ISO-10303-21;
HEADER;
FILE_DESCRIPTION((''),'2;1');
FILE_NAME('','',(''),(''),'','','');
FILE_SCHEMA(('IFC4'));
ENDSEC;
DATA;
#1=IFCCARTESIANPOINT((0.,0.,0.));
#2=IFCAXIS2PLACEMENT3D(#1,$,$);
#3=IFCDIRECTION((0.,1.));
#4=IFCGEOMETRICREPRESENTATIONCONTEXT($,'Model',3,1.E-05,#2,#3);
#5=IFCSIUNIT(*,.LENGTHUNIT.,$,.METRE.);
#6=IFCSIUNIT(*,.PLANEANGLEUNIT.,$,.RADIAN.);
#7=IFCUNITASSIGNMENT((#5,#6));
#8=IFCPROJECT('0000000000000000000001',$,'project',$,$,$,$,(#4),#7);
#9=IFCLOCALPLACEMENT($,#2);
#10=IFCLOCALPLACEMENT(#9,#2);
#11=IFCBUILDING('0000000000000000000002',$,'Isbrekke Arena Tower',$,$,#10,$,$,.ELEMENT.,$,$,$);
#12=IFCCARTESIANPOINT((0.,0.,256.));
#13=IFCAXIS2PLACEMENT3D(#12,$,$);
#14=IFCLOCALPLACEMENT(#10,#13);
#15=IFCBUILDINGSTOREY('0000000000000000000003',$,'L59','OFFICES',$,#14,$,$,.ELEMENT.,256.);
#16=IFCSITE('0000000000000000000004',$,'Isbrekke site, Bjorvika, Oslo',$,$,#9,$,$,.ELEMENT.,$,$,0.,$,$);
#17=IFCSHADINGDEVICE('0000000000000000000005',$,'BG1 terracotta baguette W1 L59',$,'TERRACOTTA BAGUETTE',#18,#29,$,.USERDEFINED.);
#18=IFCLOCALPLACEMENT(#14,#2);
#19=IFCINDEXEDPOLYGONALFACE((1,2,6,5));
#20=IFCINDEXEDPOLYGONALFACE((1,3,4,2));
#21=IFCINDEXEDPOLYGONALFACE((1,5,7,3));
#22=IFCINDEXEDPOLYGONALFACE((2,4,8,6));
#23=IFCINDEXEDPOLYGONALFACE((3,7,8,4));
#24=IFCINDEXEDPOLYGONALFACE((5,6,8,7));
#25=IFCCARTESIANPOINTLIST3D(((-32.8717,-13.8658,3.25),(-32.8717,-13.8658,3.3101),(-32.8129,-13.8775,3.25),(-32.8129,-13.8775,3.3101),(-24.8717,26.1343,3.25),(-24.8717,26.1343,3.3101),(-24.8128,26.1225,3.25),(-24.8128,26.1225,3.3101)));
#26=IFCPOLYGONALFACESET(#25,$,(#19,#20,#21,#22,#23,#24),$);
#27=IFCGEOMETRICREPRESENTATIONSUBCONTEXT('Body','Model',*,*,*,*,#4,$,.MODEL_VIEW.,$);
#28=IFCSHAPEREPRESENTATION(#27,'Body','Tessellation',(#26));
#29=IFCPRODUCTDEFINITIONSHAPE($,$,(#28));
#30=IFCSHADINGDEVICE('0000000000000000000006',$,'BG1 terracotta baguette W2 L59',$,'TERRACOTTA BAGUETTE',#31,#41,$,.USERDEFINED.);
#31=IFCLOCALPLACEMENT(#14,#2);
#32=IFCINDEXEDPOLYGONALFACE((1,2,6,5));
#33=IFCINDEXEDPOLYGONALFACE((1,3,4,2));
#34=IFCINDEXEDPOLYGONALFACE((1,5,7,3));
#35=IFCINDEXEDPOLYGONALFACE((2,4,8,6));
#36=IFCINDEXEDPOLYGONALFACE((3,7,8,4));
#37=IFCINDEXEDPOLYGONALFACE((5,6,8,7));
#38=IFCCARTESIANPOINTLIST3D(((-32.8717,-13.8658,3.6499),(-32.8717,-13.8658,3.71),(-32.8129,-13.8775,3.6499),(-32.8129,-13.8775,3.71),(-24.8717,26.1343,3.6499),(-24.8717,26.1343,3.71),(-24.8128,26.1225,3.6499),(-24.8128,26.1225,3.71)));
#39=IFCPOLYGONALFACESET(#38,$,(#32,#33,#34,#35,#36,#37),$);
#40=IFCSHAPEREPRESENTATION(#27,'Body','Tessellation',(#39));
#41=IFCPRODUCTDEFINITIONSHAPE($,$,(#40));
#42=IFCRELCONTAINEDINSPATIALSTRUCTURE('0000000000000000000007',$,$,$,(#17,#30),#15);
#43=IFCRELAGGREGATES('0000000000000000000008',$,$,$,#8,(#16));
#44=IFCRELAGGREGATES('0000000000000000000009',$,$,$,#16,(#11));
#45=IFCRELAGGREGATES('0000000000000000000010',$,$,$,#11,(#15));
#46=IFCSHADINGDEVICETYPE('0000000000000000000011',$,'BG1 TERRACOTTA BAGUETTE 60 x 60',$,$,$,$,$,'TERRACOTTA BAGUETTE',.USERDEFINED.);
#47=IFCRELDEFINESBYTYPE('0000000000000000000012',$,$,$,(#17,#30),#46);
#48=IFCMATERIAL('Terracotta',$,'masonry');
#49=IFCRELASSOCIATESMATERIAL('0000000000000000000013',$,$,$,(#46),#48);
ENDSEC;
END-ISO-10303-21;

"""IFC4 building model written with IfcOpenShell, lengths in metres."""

from ifc_helpers import new_model, si_unit, direction, frame, origin, origin_2d, place, context, subcontext, project, spatial, rectangle, extrude, material, material_profile, profile_set, type_object, element, save


model = new_model("IFC4")

# Units and contexts
model_context = context("Model", 3, precision=1e-05, world=origin(), true_north=direction((0.0, 1.0)))
body_context = subcontext(model_context, "Body", "Model", "MODEL_VIEW")
ifc_project = project(units=[si_unit("LENGTHUNIT", "METRE"), si_unit("PLANEANGLEUNIT", "RADIAN")], contexts=[model_context])

# Site, building, storey
site_placement = place(None, origin())
site = spatial("IfcSite", under=ifc_project, at=site_placement, Name="Isbrekke site, Bjorvika, Oslo", CompositionType="ELEMENT", RefElevation=0.0)
building_placement = place(site_placement, origin())
building = spatial("IfcBuilding", under=site, at=building_placement, Name="Isbrekke Arena Tower", CompositionType="ELEMENT")
storey_placement = place(building_placement, frame((0.0, 0.0, 256.0)))
storey = spatial("IfcBuildingStorey", under=building, at=storey_placement, Name="L59", Description="OFFICES", CompositionType="ELEMENT", Elevation=256.0)

# Shading devices
ifc_material_1 = material(Name="Terracotta", Category="masonry")
ifc_material_profile_1 = material_profile(ifc_material_1, rectangle(XDim=0.0601, YDim=0.0601, at=origin_2d()), Name="BAGUETTE 60X60")
ifc_profile_set_1 = profile_set([ifc_material_profile_1], Name="Terracotta")
shading_device_type = type_object("IfcShadingDeviceType", Name="BG1 TERRACOTTA BAGUETTE 60 x 60", ElementType="TERRACOTTA BAGUETTE", PredefinedType="USERDEFINED", material=ifc_profile_set_1)
for number, where, z_axis, x_axis, name in (
    (1, (-24.8423, 26.1284, 3.28), (-0.196116, -0.980581, 0.0), (0.980581, -0.196116, 0.0), "BG1 terracotta baguette W1 L59"),
    (2, (-24.8423, 26.1284, 3.6799), (-0.196116, -0.980581, 0.0), (0.980581, -0.196116, 0.0), "BG1 terracotta baguette W2 L59"),
):
    element("IfcShadingDevice", number, at=place(storey_placement, frame(where, z_axis=z_axis, x_axis=x_axis)), inside=storey, type_object=shading_device_type, Name=name, ObjectType="TERRACOTTA BAGUETTE", PredefinedType="USERDEFINED", context=body_context, shape_type="SweptSolid", body=[
        extrude(rectangle(XDim=0.0601, YDim=0.0601, at=origin_2d()), origin(), (0.0, 0.0, 1.0), 40.7922),
    ])

save(model, "model.ifc")
